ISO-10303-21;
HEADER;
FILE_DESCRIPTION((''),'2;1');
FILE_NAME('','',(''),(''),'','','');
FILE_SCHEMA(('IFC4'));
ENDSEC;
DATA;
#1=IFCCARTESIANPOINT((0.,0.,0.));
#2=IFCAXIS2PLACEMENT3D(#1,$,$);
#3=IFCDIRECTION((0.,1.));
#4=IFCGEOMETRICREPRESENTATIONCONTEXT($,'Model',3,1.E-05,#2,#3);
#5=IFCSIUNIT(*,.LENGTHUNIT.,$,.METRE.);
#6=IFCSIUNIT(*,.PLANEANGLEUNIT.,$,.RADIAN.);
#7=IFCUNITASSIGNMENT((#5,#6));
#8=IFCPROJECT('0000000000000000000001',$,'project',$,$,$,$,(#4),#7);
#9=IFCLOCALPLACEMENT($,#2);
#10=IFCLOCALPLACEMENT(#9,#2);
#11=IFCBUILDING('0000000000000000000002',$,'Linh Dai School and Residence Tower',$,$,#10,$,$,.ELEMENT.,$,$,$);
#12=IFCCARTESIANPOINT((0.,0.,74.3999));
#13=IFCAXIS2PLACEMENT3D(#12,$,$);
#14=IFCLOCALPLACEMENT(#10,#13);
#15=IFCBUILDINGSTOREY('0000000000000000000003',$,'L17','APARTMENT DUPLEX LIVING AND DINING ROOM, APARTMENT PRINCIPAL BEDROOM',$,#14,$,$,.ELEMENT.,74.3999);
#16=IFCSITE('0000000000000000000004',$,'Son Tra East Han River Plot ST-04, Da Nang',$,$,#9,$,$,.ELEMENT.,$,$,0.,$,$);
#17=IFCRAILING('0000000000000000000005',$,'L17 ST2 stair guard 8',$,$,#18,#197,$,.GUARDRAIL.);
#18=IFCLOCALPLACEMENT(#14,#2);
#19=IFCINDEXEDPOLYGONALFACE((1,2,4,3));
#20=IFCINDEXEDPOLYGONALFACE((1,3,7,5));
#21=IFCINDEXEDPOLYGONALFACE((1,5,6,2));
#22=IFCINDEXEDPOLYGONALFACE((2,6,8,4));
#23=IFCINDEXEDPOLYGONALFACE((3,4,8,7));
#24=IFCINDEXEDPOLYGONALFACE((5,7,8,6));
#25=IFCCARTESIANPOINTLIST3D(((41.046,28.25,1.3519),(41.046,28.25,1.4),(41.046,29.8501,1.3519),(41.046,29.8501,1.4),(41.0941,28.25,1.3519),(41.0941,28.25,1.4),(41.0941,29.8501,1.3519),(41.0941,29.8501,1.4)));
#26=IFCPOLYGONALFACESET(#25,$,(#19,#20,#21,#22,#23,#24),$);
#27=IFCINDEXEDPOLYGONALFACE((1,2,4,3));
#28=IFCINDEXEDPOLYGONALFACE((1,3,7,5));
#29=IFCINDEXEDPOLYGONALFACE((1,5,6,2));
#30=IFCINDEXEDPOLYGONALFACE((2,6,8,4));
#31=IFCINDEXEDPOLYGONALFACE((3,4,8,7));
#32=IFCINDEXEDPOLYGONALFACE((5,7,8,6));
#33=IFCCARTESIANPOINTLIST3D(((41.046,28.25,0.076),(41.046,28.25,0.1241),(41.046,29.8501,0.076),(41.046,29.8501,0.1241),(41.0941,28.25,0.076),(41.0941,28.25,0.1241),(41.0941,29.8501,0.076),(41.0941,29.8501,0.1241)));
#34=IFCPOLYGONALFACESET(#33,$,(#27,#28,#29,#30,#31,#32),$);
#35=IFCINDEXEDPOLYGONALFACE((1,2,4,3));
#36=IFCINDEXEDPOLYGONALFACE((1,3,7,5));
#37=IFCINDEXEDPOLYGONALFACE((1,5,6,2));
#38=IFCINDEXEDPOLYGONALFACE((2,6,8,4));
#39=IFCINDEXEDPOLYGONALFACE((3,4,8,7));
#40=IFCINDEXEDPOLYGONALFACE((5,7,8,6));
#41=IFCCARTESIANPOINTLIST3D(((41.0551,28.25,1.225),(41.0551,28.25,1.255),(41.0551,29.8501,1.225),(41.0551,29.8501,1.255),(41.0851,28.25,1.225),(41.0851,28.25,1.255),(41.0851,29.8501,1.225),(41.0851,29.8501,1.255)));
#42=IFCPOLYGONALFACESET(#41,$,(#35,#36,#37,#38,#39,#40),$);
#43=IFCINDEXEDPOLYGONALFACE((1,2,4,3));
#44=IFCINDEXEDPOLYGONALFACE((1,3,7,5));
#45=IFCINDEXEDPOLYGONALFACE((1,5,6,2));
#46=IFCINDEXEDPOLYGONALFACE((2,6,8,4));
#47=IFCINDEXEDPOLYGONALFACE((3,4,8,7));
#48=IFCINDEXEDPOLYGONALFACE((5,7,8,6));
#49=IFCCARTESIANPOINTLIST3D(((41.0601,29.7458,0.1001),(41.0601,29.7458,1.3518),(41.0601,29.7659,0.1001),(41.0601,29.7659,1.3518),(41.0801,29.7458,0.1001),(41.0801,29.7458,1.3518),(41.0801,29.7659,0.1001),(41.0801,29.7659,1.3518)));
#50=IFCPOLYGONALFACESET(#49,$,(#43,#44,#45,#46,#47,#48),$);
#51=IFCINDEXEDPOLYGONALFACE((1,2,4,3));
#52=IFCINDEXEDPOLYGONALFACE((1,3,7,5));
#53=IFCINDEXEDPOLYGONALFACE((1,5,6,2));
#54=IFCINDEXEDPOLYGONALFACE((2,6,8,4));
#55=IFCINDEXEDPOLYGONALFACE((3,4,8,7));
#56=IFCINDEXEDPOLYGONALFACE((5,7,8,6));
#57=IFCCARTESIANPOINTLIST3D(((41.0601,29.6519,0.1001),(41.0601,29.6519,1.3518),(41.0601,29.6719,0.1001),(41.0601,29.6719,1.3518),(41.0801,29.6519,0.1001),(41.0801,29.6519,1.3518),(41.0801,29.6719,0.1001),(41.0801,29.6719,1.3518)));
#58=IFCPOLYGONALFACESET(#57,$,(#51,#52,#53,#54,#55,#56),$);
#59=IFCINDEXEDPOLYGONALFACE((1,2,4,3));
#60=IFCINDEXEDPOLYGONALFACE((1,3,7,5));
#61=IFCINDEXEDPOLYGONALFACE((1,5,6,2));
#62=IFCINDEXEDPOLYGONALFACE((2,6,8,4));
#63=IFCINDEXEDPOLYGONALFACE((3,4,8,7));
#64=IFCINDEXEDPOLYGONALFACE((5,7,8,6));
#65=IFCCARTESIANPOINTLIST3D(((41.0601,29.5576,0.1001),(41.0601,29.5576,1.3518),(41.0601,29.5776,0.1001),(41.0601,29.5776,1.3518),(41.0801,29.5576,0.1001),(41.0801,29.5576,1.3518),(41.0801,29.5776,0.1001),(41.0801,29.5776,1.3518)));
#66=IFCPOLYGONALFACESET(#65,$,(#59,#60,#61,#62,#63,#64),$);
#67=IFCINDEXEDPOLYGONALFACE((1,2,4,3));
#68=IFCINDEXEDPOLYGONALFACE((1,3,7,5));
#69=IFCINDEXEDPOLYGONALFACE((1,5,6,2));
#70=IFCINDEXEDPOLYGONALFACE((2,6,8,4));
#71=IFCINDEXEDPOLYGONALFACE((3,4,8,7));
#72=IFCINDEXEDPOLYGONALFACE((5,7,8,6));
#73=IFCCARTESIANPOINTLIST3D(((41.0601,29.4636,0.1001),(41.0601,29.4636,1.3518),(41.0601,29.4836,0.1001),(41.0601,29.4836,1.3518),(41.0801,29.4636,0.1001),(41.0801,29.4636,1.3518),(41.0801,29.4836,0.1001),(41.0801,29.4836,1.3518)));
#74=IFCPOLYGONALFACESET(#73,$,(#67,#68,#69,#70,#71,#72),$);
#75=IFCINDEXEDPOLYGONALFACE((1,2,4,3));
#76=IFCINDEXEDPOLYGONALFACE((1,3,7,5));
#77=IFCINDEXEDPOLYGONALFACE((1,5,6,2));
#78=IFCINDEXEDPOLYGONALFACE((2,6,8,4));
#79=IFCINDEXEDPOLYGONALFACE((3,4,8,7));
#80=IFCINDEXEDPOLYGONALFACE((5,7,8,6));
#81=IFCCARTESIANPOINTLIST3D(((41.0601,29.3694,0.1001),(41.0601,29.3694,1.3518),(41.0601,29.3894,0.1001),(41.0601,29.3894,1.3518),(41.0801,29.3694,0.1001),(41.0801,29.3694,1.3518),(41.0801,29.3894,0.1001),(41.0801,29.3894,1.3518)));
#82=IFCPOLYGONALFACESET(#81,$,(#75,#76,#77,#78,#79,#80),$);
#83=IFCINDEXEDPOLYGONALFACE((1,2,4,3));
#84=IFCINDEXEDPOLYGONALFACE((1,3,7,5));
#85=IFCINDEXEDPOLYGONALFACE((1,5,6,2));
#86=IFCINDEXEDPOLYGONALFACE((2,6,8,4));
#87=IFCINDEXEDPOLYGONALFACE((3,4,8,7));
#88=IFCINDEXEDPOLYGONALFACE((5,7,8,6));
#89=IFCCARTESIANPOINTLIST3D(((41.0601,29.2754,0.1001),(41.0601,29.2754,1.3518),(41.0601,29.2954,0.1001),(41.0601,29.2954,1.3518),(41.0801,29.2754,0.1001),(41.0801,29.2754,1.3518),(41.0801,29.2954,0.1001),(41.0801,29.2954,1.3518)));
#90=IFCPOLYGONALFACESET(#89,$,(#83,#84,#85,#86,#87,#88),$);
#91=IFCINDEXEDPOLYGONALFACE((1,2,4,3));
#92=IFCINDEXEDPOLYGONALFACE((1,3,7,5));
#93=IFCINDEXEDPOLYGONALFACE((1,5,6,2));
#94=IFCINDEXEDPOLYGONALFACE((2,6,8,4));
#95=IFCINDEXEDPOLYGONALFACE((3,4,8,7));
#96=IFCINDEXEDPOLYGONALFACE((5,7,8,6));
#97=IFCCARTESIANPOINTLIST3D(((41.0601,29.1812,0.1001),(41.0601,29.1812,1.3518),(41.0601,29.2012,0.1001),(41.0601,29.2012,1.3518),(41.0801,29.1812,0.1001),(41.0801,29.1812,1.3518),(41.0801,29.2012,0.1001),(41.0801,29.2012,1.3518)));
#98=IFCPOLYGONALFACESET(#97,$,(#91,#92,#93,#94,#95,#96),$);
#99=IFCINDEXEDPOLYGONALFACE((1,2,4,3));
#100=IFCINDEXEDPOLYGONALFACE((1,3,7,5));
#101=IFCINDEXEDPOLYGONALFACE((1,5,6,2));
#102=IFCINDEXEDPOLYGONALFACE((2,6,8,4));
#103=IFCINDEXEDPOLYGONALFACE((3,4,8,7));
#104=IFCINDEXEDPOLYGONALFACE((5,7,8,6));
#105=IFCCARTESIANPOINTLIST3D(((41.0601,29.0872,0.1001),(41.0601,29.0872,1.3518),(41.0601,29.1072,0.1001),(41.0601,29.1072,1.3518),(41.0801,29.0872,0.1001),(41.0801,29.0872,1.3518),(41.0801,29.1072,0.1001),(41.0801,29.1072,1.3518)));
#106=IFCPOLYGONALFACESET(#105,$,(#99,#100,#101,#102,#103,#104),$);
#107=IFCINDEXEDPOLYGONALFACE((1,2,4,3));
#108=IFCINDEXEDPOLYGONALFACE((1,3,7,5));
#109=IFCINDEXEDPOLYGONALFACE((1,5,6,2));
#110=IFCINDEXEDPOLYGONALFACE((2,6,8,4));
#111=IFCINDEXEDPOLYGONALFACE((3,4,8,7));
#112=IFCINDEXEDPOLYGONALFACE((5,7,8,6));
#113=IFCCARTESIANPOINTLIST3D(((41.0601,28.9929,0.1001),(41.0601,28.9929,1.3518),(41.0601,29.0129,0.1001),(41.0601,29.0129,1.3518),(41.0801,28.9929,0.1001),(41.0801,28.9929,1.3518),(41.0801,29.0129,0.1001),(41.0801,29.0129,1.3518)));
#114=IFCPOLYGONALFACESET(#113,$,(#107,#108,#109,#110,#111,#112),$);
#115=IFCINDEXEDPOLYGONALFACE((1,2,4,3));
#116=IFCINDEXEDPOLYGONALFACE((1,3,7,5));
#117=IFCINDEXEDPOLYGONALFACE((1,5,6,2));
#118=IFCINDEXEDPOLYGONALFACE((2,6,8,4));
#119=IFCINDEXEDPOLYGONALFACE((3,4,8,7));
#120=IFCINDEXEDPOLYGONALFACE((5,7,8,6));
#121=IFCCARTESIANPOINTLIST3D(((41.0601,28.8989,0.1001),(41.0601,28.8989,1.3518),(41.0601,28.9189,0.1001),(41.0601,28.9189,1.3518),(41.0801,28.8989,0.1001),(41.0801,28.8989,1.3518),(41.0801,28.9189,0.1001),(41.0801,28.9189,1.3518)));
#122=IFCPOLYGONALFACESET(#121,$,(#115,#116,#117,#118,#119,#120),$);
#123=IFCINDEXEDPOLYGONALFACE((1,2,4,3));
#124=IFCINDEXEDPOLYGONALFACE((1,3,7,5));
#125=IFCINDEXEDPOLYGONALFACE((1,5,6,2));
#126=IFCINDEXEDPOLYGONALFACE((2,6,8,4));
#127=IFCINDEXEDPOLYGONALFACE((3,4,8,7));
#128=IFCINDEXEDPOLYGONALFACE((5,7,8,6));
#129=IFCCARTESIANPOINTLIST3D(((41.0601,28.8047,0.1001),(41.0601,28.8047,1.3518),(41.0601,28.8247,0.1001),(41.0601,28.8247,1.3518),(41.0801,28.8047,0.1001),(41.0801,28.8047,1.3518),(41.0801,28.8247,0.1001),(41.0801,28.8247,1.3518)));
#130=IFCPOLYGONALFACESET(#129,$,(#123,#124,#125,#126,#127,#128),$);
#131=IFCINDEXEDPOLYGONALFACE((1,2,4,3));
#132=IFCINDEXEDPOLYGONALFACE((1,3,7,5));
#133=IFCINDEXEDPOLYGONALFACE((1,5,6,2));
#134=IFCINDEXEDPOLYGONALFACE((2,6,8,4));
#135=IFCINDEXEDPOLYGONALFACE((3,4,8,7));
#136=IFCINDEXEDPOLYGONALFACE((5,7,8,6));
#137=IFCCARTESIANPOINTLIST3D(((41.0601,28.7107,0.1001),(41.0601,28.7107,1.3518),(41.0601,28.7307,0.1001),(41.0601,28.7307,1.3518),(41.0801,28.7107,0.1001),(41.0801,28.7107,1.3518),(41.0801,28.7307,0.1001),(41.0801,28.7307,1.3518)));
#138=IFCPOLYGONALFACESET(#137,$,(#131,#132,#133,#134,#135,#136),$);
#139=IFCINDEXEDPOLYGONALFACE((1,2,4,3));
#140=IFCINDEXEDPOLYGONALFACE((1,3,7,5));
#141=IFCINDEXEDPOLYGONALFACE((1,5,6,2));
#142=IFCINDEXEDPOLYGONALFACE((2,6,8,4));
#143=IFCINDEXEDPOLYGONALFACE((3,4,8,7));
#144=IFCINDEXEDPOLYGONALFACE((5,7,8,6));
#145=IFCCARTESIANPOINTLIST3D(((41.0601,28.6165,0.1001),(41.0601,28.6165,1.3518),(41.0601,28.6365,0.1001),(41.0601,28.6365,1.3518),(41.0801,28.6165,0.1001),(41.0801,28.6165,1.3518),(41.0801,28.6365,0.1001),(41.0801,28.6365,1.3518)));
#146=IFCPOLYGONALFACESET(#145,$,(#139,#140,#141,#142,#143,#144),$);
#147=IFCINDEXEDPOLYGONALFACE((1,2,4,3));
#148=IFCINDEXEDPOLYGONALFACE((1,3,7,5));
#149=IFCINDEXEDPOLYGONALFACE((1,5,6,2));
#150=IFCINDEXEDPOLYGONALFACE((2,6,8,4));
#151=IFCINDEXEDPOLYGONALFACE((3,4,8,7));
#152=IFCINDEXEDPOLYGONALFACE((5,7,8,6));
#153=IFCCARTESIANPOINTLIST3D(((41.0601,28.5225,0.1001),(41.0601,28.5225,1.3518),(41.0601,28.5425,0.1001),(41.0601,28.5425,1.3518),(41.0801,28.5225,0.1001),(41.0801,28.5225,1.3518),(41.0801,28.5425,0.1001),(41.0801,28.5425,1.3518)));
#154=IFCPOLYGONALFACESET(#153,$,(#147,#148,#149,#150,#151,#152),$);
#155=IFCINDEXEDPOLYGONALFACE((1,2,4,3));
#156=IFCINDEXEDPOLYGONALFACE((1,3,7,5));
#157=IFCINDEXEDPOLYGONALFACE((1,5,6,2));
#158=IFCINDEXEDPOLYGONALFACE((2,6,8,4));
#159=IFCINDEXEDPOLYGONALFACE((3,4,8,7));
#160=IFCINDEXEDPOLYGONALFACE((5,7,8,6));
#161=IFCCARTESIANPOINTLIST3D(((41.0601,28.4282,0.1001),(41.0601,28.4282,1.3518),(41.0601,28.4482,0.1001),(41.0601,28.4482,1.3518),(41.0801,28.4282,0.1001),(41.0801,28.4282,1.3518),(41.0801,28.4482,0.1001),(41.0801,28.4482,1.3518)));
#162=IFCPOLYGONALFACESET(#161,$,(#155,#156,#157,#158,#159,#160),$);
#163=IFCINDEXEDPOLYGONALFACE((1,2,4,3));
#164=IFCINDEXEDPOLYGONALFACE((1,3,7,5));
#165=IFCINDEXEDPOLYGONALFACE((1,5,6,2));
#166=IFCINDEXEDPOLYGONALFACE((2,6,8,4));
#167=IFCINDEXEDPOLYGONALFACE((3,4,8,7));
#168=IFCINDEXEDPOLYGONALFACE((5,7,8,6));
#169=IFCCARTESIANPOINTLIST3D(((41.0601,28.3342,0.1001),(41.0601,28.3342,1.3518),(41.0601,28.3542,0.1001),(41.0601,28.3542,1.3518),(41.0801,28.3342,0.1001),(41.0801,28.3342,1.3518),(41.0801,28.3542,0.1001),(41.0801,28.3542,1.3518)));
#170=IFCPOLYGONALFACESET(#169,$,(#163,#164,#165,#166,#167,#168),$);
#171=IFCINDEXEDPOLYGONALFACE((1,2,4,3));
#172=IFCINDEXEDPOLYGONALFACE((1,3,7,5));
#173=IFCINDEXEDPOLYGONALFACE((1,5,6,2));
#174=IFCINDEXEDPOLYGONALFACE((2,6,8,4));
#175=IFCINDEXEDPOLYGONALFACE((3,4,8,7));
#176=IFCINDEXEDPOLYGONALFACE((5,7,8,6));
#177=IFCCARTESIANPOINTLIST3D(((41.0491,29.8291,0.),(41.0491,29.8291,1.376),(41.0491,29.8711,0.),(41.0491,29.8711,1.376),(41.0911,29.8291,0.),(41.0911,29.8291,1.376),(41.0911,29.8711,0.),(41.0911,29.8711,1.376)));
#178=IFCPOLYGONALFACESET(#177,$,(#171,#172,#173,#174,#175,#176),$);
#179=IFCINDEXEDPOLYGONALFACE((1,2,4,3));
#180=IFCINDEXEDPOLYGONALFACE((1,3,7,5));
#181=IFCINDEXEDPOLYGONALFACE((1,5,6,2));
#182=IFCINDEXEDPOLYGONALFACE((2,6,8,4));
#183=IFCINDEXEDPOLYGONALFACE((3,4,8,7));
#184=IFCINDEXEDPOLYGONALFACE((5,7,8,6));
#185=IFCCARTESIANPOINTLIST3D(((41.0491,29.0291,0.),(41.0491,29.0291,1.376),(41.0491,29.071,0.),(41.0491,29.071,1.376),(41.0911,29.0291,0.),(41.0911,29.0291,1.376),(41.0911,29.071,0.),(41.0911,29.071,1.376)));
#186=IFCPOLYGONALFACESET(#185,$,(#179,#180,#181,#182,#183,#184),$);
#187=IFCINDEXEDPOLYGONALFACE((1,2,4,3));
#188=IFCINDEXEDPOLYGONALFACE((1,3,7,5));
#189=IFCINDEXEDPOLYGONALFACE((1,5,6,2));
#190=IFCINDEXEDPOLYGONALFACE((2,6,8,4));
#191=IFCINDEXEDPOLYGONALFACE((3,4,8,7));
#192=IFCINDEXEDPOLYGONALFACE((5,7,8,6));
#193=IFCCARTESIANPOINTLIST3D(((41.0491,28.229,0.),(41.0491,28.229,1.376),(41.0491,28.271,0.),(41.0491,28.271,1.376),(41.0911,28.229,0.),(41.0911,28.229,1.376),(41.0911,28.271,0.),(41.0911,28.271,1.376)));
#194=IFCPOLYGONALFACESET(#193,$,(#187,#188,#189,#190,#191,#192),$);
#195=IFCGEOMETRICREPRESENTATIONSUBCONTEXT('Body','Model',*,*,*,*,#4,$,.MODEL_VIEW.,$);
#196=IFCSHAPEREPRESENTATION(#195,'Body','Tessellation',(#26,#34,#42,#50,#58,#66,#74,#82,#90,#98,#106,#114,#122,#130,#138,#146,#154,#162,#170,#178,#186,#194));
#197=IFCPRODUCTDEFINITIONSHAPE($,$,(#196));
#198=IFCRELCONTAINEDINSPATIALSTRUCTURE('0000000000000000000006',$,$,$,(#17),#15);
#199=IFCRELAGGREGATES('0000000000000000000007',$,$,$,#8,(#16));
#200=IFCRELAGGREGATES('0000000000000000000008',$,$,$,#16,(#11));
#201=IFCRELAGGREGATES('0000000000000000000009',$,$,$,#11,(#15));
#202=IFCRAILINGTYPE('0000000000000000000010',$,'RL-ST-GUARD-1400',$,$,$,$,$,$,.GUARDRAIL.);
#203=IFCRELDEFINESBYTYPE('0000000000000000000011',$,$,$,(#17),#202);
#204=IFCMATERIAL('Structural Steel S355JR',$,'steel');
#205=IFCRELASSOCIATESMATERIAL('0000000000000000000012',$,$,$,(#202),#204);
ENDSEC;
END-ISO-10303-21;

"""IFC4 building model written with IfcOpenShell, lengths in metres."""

from ifc_helpers import new_model, si_unit, direction, frame, origin, origin_2d, place, context, subcontext, project, spatial, rectangle, extrude, source, transform, mapped, material, type_object, element, save


model = new_model("IFC4")

# Units and contexts
model_context = context("Model", 3, precision=1e-05, world=origin(), true_north=direction((0.0, 1.0)))
body_context = subcontext(model_context, "Body", "Model", "MODEL_VIEW")
ifc_project = project(units=[si_unit("LENGTHUNIT", "METRE"), si_unit("PLANEANGLEUNIT", "RADIAN")], contexts=[model_context])

# Site, building, storey
site_placement = place(None, origin())
site = spatial("IfcSite", under=ifc_project, at=site_placement, Name="Son Tra East Han River Plot ST-04, Da Nang", CompositionType="ELEMENT", RefElevation=0.0)
building_placement = place(site_placement, origin())
building = spatial("IfcBuilding", under=site, at=building_placement, Name="Linh Dai School and Residence Tower", CompositionType="ELEMENT")
storey_placement = place(building_placement, frame((0.0, 0.0, 74.3999)))
storey = spatial("IfcBuildingStorey", under=building, at=storey_placement, Name="L17", Description="APARTMENT DUPLEX LIVING AND DINING ROOM, APARTMENT PRINCIPAL BEDROOM", CompositionType="ELEMENT", Elevation=74.3999)

# Shared definitions
ifc_material_1 = material(Name="Structural Steel S355JR", Category="steel")

# Railing
railing_type_1 = type_object("IfcRailingType", Name="RL-ST-GUARD-1400", PredefinedType="GUARDRAIL", material=ifc_material_1)
shared_shape_1 = source(origin(), body_context, "Body", "SweptSolid", [
    extrude(rectangle(XDim=0.0481, YDim=0.0481, at=origin_2d()), frame((0.0, 0.0, 1.376), z_axis=(0.0, -1.0, 0.0), x_axis=(1.0, 0.0, 0.0)), (0.0, 0.0, 1.0), 1.6001),
    extrude(rectangle(XDim=0.0481, YDim=0.0481, at=origin_2d()), frame((0.0, 0.0, 0.1001), z_axis=(0.0, -1.0, 0.0), x_axis=(1.0, 0.0, 0.0)), (0.0, 0.0, 1.0), 1.6001),
    extrude(rectangle(XDim=0.03, YDim=0.03, at=origin_2d()), frame((0.0, 0.0, 1.24), z_axis=(0.0, -1.0, 0.0), x_axis=(1.0, 0.0, 0.0)), (0.0, 0.0, 1.0), 1.6001),
    extrude(rectangle(XDim=0.02, YDim=0.02, at=origin_2d()), frame((0.0, -0.0942, 0.1001)), (0.0, 0.0, 1.0), 1.2517),
    extrude(rectangle(XDim=0.02, YDim=0.02, at=origin_2d()), frame((0.0, -0.1882, 0.1001)), (0.0, 0.0, 1.0), 1.2517),
    extrude(rectangle(XDim=0.02, YDim=0.02, at=origin_2d()), frame((0.0, -0.2825, 0.1001)), (0.0, 0.0, 1.0), 1.2517),
    extrude(rectangle(XDim=0.02, YDim=0.02, at=origin_2d()), frame((0.0, -0.3765, 0.1001)), (0.0, 0.0, 1.0), 1.2517),
    extrude(rectangle(XDim=0.02, YDim=0.02, at=origin_2d()), frame((0.0, -0.4707, 0.1001)), (0.0, 0.0, 1.0), 1.2517),
    extrude(rectangle(XDim=0.02, YDim=0.02, at=origin_2d()), frame((0.0, -0.5647, 0.1001)), (0.0, 0.0, 1.0), 1.2517),
    extrude(rectangle(XDim=0.02, YDim=0.02, at=origin_2d()), frame((0.0, -0.6589, 0.1001)), (0.0, 0.0, 1.0), 1.2517),
    extrude(rectangle(XDim=0.02, YDim=0.02, at=origin_2d()), frame((0.0, -0.7529, 0.1001)), (0.0, 0.0, 1.0), 1.2517),
    extrude(rectangle(XDim=0.02, YDim=0.02, at=origin_2d()), frame((0.0, -0.8472, 0.1001)), (0.0, 0.0, 1.0), 1.2517),
    extrude(rectangle(XDim=0.02, YDim=0.02, at=origin_2d()), frame((0.0, -0.9412, 0.1001)), (0.0, 0.0, 1.0), 1.2517),
    extrude(rectangle(XDim=0.02, YDim=0.02, at=origin_2d()), frame((0.0, -1.0354, 0.1001)), (0.0, 0.0, 1.0), 1.2517),
    extrude(rectangle(XDim=0.02, YDim=0.02, at=origin_2d()), frame((0.0, -1.1294, 0.1001)), (0.0, 0.0, 1.0), 1.2517),
    extrude(rectangle(XDim=0.02, YDim=0.02, at=origin_2d()), frame((0.0, -1.2236, 0.1001)), (0.0, 0.0, 1.0), 1.2517),
    extrude(rectangle(XDim=0.02, YDim=0.02, at=origin_2d()), frame((0.0, -1.3176, 0.1001)), (0.0, 0.0, 1.0), 1.2517),
    extrude(rectangle(XDim=0.02, YDim=0.02, at=origin_2d()), frame((0.0, -1.4119, 0.1001)), (0.0, 0.0, 1.0), 1.2517),
    extrude(rectangle(XDim=0.02, YDim=0.02, at=origin_2d()), frame((0.0, -1.5059, 0.1001)), (0.0, 0.0, 1.0), 1.2517),
    extrude(rectangle(XDim=0.042, YDim=0.042, at=origin_2d()), origin(), (0.0, 0.0, 1.0), 1.376),
    extrude(rectangle(XDim=0.042, YDim=0.042, at=origin_2d()), frame((0.0, -0.8, 0.0)), (0.0, 0.0, 1.0), 1.376),
    extrude(rectangle(XDim=0.042, YDim=0.042, at=origin_2d()), frame((0.0, -1.6001, 0.0)), (0.0, 0.0, 1.0), 1.376),
])
for number, where, name in (
    (1, (41.0701, 29.8501, 0.0), "L17 ST2 stair guard 8"),
):
    element("IfcRailing", number, at=place(storey_placement, frame(where)), inside=storey, type_object=railing_type_1, Name=name, PredefinedType="GUARDRAIL", context=body_context, shape_type="MappedRepresentation", body=[
        mapped(shared_shape_1, transform((0.0, 0.0, 0.0), x_axis=(1.0, 0.0, 0.0), y_axis=(0.0, 1.0, 0.0), z_axis=(0.0, 0.0, 1.0), scale=1.0)),
    ])

save(model, "model.ifc")
